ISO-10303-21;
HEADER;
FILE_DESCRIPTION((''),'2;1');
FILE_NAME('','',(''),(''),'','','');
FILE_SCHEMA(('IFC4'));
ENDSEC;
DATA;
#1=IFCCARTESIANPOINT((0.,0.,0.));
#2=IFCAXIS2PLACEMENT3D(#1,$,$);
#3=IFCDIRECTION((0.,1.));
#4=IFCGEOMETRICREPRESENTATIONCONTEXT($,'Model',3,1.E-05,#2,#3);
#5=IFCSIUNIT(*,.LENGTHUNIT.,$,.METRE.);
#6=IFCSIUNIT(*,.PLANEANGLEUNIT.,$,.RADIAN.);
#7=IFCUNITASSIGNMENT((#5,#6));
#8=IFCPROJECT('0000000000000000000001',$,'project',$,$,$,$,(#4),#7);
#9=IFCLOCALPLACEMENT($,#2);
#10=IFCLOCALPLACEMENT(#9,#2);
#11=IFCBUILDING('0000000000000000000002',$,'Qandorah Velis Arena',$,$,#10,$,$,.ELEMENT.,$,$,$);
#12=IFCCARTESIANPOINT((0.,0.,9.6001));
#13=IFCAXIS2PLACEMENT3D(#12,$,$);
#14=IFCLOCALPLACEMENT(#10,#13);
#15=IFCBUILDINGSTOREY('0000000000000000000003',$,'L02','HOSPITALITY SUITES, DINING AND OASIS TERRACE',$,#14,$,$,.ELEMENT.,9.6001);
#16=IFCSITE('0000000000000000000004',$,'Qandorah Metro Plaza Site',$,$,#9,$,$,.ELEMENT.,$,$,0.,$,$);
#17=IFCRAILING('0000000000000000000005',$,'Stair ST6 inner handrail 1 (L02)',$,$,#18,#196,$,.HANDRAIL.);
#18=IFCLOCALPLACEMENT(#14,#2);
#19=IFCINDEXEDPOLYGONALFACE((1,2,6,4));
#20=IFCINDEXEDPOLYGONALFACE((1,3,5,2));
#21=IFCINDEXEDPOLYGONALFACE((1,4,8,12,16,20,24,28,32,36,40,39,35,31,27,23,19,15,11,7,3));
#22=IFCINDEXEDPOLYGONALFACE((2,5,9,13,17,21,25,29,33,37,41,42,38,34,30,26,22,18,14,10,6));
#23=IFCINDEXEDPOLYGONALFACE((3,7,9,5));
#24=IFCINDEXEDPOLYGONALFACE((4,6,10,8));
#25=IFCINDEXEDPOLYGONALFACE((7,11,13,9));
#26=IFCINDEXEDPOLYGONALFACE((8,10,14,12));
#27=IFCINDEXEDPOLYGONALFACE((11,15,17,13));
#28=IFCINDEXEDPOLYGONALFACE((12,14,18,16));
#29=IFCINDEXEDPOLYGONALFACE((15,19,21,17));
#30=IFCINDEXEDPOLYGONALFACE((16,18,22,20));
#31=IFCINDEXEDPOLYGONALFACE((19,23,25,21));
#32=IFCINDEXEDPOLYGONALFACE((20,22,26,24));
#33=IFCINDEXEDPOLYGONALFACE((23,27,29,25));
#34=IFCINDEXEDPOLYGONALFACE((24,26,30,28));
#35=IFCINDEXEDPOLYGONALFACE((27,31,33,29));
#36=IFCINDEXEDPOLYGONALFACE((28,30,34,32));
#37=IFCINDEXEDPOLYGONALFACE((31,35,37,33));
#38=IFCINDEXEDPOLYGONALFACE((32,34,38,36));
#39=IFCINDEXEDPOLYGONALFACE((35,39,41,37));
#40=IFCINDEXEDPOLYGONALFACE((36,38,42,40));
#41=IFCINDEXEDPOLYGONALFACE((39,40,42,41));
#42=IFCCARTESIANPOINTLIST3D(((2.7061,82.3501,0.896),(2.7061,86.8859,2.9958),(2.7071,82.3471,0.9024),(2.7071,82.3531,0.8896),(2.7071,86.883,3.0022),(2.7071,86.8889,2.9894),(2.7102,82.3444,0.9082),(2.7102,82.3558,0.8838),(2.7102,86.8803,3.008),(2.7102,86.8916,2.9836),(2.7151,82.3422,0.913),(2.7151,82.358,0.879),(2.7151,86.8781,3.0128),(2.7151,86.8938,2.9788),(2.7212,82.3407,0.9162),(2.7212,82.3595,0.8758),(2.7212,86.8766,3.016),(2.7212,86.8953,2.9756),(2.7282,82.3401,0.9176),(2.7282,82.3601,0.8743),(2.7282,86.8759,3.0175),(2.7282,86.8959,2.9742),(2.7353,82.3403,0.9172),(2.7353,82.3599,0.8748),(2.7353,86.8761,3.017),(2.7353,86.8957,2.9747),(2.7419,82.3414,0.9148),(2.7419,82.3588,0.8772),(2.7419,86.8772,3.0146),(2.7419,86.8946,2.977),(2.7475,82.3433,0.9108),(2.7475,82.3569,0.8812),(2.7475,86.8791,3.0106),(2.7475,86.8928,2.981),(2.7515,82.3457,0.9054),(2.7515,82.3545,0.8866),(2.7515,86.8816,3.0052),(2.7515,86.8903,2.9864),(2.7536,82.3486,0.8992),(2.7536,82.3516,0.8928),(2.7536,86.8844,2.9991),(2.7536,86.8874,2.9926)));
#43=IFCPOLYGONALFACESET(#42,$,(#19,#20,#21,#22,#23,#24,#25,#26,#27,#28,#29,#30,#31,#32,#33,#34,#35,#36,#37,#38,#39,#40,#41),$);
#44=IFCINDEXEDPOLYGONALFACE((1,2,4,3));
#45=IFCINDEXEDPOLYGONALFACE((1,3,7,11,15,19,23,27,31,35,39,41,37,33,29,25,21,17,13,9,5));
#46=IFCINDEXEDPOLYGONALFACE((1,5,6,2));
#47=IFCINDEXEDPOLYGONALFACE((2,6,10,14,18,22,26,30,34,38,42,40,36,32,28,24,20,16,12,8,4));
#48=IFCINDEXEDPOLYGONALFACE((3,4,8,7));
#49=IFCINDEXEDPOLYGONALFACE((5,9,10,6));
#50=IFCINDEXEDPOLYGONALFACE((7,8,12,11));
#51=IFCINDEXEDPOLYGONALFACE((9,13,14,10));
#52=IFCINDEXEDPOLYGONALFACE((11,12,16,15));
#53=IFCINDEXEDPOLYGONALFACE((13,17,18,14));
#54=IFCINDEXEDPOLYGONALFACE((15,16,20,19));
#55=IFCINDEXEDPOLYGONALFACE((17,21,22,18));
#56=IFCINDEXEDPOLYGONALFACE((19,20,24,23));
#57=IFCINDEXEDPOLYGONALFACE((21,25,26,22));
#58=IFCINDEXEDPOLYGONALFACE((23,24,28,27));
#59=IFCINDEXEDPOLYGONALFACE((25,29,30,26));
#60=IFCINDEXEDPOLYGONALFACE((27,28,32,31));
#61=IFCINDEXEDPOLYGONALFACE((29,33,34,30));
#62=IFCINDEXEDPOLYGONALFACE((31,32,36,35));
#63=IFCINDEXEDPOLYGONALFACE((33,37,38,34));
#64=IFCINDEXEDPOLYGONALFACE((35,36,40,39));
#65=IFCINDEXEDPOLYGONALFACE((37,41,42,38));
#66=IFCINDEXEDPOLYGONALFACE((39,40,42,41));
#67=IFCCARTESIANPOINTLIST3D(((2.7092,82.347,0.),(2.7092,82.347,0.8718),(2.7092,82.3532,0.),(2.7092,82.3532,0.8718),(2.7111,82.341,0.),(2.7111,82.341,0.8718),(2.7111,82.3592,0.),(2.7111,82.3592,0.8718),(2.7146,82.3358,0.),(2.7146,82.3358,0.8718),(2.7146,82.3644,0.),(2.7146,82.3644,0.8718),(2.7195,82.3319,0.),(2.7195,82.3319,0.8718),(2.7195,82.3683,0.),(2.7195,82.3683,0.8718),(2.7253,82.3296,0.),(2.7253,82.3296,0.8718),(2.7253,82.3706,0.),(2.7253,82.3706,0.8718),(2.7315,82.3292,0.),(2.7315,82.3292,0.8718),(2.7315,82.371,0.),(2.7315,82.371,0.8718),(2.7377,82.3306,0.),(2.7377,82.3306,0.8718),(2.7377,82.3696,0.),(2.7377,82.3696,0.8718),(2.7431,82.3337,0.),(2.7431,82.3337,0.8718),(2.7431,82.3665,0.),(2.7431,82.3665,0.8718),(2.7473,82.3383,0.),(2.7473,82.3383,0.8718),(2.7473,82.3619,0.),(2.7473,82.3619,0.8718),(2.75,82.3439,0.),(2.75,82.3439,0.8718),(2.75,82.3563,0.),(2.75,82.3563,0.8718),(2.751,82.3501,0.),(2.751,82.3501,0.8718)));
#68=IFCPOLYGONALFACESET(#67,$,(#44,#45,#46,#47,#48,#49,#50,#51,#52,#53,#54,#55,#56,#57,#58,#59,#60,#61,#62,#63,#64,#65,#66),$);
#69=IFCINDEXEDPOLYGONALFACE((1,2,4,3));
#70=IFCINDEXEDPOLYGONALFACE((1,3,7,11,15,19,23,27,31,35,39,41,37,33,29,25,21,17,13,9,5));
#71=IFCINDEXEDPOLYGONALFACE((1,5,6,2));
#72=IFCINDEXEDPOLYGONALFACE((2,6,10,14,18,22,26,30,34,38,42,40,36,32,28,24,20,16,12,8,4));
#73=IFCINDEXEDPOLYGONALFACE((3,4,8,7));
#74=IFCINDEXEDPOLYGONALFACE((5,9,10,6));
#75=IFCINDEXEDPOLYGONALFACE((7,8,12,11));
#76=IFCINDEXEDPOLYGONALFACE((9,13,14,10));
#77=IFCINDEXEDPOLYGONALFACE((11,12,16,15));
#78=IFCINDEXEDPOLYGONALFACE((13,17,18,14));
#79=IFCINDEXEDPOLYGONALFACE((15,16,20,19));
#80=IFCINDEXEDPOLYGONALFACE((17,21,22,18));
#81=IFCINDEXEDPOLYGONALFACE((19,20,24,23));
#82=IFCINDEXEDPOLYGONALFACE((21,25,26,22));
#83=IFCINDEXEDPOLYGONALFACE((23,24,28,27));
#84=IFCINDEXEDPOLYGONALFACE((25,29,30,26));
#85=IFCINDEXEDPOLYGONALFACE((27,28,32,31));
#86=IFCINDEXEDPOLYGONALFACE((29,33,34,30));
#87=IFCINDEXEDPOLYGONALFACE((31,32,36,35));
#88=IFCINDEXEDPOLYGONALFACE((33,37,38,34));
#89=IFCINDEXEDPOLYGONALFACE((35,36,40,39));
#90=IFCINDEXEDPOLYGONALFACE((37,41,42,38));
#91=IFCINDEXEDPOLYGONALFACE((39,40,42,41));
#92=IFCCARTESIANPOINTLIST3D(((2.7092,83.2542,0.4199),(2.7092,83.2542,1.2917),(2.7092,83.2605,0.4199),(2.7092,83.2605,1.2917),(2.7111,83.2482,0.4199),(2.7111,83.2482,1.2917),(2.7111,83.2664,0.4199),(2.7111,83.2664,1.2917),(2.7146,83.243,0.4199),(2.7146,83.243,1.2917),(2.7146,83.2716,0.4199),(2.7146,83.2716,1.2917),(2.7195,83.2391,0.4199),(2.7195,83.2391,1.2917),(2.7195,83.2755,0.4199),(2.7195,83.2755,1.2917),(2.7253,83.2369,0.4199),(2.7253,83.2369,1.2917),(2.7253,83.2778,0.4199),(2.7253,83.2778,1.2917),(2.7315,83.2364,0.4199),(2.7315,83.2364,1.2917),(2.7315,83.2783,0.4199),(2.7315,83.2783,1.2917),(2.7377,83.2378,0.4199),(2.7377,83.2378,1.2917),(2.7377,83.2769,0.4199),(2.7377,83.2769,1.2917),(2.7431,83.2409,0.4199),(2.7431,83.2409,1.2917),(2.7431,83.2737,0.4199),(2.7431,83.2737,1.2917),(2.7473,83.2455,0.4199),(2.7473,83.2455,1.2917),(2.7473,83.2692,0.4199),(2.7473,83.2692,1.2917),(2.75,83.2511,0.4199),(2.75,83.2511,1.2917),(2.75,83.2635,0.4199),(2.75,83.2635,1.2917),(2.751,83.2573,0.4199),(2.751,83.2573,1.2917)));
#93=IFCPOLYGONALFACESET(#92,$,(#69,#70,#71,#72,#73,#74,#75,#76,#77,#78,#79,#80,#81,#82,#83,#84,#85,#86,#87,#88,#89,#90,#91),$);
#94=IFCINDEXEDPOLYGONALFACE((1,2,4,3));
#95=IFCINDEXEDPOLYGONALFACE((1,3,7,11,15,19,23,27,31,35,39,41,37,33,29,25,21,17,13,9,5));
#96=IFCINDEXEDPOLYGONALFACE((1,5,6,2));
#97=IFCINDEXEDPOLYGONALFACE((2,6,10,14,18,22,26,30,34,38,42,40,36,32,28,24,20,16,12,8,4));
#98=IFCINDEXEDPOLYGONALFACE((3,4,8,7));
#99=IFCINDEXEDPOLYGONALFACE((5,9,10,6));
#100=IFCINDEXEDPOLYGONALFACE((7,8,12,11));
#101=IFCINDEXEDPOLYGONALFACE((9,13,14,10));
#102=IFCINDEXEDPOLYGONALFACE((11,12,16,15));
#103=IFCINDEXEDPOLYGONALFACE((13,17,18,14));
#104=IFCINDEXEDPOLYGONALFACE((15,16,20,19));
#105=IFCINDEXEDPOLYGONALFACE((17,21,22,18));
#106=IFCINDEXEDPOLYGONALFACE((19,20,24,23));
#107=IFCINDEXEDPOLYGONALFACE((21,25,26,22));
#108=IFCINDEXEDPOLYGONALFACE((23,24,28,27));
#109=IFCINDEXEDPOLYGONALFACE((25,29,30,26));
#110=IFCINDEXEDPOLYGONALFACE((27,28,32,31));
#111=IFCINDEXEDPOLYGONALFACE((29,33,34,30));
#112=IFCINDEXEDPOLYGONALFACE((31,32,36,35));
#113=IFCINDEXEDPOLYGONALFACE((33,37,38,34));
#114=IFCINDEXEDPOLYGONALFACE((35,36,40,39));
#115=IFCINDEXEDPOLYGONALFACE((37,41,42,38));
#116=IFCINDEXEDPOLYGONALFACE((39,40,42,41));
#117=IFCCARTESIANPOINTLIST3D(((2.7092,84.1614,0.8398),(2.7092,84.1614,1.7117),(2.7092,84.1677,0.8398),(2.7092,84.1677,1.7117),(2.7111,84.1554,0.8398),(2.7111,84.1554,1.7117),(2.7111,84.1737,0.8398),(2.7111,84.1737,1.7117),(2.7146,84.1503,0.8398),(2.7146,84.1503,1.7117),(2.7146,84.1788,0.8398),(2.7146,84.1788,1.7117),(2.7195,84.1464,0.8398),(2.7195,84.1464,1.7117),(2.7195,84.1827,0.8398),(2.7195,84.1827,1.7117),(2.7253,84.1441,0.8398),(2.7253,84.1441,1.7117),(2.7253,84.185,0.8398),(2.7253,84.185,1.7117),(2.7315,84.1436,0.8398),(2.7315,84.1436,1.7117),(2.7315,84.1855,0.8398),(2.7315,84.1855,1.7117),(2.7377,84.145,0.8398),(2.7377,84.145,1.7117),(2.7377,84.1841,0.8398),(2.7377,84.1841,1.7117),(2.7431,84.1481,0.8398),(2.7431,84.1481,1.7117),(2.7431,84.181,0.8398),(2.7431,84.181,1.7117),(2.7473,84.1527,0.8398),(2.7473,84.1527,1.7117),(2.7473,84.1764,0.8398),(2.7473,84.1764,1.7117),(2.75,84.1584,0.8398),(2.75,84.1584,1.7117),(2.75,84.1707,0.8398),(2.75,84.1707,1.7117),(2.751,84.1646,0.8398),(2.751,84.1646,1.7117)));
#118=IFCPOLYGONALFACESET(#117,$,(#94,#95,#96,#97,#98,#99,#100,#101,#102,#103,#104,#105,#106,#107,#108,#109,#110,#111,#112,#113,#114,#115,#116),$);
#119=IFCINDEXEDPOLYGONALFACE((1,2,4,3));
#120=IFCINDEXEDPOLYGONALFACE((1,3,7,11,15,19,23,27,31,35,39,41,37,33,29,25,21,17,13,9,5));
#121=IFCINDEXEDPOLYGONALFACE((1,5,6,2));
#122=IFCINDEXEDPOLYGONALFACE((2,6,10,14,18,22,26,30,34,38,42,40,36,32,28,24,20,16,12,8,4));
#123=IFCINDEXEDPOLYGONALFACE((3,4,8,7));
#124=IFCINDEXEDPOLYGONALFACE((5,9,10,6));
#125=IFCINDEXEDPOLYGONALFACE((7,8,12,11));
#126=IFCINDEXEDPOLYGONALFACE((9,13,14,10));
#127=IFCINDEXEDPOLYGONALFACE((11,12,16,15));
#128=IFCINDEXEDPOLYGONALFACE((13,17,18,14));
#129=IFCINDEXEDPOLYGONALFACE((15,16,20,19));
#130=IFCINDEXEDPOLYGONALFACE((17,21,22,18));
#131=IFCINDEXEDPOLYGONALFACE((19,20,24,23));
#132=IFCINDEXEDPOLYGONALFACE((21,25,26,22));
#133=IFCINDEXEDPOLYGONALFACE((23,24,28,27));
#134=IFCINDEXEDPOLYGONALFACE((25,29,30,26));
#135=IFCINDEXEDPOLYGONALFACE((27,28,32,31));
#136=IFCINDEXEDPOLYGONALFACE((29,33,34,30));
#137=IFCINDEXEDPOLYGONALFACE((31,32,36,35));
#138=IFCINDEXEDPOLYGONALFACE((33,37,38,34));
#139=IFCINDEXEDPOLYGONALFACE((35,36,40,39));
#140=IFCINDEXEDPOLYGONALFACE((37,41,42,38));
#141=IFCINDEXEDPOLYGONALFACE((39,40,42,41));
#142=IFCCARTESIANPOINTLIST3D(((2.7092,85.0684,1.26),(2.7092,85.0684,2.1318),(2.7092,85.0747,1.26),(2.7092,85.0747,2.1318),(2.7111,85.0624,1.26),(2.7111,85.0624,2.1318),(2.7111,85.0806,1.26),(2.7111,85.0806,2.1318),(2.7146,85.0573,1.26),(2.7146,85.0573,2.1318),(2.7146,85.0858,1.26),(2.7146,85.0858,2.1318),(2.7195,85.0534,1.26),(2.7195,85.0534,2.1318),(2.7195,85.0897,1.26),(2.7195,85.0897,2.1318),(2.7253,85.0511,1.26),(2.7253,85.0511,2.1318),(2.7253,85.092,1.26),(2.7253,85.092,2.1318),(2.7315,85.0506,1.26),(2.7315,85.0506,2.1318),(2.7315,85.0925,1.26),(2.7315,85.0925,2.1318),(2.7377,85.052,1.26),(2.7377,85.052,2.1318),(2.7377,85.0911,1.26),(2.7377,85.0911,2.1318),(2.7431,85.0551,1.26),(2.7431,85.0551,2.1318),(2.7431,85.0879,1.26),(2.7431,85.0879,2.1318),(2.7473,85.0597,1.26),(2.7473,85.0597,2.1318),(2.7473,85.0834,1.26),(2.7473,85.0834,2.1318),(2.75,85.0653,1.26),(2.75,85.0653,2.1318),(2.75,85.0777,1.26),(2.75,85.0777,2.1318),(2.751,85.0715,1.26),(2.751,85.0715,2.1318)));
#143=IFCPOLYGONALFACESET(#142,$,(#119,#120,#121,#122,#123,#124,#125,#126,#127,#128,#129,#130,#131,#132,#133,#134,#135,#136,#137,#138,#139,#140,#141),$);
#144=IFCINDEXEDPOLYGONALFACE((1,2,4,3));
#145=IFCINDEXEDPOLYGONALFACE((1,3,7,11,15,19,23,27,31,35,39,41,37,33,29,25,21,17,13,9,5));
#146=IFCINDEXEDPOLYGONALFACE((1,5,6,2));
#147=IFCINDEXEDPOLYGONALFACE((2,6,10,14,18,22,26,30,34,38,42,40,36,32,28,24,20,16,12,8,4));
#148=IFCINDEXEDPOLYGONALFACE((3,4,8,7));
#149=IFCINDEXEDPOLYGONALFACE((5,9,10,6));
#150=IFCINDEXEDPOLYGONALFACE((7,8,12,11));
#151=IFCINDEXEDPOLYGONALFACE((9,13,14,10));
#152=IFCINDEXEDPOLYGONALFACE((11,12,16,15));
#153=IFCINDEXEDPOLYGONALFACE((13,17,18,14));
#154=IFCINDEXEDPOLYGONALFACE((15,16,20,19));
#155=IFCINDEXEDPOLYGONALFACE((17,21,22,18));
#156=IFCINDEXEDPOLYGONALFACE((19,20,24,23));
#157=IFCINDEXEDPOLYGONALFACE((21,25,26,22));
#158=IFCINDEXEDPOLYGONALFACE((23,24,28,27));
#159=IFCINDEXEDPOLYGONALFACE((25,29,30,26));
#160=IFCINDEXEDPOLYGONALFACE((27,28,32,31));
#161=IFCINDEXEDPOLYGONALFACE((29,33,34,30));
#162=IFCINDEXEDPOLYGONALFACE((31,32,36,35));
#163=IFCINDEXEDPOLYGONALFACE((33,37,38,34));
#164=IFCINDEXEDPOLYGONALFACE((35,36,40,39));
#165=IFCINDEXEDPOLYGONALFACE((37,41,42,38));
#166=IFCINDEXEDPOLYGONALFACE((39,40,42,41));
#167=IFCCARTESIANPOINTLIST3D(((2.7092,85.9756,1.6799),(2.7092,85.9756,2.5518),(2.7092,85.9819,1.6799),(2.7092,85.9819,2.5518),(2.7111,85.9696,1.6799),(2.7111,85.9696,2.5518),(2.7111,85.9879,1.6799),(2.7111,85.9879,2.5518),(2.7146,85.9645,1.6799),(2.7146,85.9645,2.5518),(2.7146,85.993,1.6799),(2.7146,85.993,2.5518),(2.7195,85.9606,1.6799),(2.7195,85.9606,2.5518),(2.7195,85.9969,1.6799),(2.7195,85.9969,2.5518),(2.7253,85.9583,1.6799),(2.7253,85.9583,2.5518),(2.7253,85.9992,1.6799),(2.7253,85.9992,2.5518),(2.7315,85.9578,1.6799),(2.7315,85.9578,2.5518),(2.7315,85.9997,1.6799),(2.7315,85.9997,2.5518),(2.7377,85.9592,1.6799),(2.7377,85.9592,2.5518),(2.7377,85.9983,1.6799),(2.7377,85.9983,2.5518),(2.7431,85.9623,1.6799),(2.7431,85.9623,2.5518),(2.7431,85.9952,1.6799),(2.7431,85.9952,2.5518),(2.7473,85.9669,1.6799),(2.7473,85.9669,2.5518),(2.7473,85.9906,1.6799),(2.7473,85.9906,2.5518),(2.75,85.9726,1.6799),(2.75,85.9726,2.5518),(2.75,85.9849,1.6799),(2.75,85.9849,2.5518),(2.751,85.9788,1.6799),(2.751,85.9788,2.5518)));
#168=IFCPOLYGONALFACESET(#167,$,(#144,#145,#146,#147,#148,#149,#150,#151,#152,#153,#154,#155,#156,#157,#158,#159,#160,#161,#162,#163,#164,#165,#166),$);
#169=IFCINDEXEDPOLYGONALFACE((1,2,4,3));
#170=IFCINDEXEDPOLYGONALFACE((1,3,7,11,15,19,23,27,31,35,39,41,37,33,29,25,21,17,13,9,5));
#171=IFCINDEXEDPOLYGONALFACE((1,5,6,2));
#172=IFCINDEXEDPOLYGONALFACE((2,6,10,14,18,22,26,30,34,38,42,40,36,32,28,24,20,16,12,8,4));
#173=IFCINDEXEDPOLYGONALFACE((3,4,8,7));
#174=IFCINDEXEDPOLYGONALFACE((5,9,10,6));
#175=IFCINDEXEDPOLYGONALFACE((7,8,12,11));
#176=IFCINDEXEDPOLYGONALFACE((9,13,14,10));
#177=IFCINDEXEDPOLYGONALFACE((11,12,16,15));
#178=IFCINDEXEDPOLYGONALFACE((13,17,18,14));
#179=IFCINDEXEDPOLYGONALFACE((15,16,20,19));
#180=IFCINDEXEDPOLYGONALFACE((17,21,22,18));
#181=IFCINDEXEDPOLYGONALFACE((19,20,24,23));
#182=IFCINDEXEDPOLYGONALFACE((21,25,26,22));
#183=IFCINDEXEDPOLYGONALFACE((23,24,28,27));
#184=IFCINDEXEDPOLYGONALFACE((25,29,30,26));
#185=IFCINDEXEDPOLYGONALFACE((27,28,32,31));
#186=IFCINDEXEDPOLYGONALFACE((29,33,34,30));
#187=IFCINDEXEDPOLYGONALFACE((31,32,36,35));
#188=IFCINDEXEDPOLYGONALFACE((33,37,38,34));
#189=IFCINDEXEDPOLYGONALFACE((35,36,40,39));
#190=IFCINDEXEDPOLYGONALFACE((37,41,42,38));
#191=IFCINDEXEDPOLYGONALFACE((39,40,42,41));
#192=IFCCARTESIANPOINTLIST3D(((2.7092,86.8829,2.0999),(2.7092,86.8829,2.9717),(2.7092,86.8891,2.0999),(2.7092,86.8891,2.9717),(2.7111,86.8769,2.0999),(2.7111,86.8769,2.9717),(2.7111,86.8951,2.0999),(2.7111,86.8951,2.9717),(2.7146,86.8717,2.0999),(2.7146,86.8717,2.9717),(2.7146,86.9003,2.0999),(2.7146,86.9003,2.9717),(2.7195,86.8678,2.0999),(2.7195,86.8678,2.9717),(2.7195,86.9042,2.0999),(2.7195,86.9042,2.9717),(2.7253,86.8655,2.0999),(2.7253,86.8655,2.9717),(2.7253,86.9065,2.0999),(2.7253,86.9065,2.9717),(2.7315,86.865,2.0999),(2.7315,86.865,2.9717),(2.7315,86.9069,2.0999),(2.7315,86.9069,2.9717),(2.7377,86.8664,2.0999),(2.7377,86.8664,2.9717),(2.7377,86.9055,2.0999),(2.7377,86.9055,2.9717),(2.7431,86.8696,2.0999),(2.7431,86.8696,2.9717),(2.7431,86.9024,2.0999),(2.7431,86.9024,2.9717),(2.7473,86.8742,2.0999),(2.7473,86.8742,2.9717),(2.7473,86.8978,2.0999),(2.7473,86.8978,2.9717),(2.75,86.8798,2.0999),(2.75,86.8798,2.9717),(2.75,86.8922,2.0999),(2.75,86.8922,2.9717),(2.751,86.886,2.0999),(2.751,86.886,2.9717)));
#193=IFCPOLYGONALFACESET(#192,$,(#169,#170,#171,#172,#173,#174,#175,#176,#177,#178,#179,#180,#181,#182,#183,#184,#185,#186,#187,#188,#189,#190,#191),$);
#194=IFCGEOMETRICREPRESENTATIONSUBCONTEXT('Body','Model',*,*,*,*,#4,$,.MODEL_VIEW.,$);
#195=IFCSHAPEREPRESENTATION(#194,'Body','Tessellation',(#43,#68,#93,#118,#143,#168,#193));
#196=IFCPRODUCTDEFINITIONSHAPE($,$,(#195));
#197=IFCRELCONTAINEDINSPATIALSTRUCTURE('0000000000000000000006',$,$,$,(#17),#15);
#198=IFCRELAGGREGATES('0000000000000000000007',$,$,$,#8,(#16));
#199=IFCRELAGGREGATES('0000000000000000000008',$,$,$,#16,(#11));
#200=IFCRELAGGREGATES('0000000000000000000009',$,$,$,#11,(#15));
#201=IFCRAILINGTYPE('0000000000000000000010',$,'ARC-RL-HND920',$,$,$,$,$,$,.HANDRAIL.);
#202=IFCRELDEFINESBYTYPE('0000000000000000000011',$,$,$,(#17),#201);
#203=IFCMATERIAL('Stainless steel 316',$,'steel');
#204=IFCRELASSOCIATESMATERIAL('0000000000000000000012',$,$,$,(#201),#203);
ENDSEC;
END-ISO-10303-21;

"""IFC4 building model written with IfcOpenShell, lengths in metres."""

from ifc_helpers import new_model, si_unit, direction, frame, origin, origin_2d, place, context, subcontext, project, spatial, circle, extrude, material, type_object, element, save


model = new_model("IFC4")

# Units and contexts
model_context = context("Model", 3, precision=1e-05, world=origin(), true_north=direction((0.0, 1.0)))
body_context = subcontext(model_context, "Body", "Model", "MODEL_VIEW")
ifc_project = project(units=[si_unit("LENGTHUNIT", "METRE"), si_unit("PLANEANGLEUNIT", "RADIAN")], contexts=[model_context])

# Site, building, storey
site_placement = place(None, origin())
site = spatial("IfcSite", under=ifc_project, at=site_placement, Name="Qandorah Metro Plaza Site", CompositionType="ELEMENT", RefElevation=0.0)
building_placement = place(site_placement, origin())
building = spatial("IfcBuilding", under=site, at=building_placement, Name="Qandorah Velis Arena", CompositionType="ELEMENT")
storey_placement = place(building_placement, frame((0.0, 0.0, 9.6001)))
storey = spatial("IfcBuildingStorey", under=building, at=storey_placement, Name="L02", Description="HOSPITALITY SUITES, DINING AND OASIS TERRACE", CompositionType="ELEMENT", Elevation=9.6001)

# Railing
ifc_material_1 = material(Name="Stainless steel 316", Category="steel")
railing_type_1 = type_object("IfcRailingType", Name="ARC-RL-HND920", PredefinedType="HANDRAIL", material=ifc_material_1)
railing_1_placement = place(storey_placement, frame((2.73, 82.3501, 0.0)))
element("IfcRailing", 1, at=railing_1_placement, inside=storey, type_object=railing_type_1, Name="Stair ST6 inner handrail 1 (L02)", PredefinedType="HANDRAIL", context=body_context, shape_type="SweptSolid", body=[
    extrude(circle(Radius=0.0239, at=origin_2d()), frame((0.0, 0.0, 0.896), z_axis=(0.0, 0.907474, 0.420108), x_axis=(-1.0, 0.0, 0.0)), (0.0, 0.0, 1.0), 4.9983),
    extrude(circle(Radius=0.021, at=origin_2d()), origin(), (0.0, 0.0, 1.0), 0.8718),
    extrude(circle(Radius=0.021, at=origin_2d()), frame((0.0, 0.9072, 0.4199)), (0.0, 0.0, 1.0), 0.8718),
    extrude(circle(Radius=0.021, at=origin_2d()), frame((0.0, 1.8145, 0.8398)), (0.0, 0.0, 1.0), 0.8718),
    extrude(circle(Radius=0.021, at=origin_2d()), frame((0.0, 2.7214, 1.26)), (0.0, 0.0, 1.0), 0.8718),
    extrude(circle(Radius=0.021, at=origin_2d()), frame((0.0, 3.6287, 1.6799)), (0.0, 0.0, 1.0), 0.8718),
    extrude(circle(Radius=0.021, at=origin_2d()), frame((0.0, 4.5359, 2.0999)), (0.0, 0.0, 1.0), 0.8718),
])

save(model, "model.ifc")
